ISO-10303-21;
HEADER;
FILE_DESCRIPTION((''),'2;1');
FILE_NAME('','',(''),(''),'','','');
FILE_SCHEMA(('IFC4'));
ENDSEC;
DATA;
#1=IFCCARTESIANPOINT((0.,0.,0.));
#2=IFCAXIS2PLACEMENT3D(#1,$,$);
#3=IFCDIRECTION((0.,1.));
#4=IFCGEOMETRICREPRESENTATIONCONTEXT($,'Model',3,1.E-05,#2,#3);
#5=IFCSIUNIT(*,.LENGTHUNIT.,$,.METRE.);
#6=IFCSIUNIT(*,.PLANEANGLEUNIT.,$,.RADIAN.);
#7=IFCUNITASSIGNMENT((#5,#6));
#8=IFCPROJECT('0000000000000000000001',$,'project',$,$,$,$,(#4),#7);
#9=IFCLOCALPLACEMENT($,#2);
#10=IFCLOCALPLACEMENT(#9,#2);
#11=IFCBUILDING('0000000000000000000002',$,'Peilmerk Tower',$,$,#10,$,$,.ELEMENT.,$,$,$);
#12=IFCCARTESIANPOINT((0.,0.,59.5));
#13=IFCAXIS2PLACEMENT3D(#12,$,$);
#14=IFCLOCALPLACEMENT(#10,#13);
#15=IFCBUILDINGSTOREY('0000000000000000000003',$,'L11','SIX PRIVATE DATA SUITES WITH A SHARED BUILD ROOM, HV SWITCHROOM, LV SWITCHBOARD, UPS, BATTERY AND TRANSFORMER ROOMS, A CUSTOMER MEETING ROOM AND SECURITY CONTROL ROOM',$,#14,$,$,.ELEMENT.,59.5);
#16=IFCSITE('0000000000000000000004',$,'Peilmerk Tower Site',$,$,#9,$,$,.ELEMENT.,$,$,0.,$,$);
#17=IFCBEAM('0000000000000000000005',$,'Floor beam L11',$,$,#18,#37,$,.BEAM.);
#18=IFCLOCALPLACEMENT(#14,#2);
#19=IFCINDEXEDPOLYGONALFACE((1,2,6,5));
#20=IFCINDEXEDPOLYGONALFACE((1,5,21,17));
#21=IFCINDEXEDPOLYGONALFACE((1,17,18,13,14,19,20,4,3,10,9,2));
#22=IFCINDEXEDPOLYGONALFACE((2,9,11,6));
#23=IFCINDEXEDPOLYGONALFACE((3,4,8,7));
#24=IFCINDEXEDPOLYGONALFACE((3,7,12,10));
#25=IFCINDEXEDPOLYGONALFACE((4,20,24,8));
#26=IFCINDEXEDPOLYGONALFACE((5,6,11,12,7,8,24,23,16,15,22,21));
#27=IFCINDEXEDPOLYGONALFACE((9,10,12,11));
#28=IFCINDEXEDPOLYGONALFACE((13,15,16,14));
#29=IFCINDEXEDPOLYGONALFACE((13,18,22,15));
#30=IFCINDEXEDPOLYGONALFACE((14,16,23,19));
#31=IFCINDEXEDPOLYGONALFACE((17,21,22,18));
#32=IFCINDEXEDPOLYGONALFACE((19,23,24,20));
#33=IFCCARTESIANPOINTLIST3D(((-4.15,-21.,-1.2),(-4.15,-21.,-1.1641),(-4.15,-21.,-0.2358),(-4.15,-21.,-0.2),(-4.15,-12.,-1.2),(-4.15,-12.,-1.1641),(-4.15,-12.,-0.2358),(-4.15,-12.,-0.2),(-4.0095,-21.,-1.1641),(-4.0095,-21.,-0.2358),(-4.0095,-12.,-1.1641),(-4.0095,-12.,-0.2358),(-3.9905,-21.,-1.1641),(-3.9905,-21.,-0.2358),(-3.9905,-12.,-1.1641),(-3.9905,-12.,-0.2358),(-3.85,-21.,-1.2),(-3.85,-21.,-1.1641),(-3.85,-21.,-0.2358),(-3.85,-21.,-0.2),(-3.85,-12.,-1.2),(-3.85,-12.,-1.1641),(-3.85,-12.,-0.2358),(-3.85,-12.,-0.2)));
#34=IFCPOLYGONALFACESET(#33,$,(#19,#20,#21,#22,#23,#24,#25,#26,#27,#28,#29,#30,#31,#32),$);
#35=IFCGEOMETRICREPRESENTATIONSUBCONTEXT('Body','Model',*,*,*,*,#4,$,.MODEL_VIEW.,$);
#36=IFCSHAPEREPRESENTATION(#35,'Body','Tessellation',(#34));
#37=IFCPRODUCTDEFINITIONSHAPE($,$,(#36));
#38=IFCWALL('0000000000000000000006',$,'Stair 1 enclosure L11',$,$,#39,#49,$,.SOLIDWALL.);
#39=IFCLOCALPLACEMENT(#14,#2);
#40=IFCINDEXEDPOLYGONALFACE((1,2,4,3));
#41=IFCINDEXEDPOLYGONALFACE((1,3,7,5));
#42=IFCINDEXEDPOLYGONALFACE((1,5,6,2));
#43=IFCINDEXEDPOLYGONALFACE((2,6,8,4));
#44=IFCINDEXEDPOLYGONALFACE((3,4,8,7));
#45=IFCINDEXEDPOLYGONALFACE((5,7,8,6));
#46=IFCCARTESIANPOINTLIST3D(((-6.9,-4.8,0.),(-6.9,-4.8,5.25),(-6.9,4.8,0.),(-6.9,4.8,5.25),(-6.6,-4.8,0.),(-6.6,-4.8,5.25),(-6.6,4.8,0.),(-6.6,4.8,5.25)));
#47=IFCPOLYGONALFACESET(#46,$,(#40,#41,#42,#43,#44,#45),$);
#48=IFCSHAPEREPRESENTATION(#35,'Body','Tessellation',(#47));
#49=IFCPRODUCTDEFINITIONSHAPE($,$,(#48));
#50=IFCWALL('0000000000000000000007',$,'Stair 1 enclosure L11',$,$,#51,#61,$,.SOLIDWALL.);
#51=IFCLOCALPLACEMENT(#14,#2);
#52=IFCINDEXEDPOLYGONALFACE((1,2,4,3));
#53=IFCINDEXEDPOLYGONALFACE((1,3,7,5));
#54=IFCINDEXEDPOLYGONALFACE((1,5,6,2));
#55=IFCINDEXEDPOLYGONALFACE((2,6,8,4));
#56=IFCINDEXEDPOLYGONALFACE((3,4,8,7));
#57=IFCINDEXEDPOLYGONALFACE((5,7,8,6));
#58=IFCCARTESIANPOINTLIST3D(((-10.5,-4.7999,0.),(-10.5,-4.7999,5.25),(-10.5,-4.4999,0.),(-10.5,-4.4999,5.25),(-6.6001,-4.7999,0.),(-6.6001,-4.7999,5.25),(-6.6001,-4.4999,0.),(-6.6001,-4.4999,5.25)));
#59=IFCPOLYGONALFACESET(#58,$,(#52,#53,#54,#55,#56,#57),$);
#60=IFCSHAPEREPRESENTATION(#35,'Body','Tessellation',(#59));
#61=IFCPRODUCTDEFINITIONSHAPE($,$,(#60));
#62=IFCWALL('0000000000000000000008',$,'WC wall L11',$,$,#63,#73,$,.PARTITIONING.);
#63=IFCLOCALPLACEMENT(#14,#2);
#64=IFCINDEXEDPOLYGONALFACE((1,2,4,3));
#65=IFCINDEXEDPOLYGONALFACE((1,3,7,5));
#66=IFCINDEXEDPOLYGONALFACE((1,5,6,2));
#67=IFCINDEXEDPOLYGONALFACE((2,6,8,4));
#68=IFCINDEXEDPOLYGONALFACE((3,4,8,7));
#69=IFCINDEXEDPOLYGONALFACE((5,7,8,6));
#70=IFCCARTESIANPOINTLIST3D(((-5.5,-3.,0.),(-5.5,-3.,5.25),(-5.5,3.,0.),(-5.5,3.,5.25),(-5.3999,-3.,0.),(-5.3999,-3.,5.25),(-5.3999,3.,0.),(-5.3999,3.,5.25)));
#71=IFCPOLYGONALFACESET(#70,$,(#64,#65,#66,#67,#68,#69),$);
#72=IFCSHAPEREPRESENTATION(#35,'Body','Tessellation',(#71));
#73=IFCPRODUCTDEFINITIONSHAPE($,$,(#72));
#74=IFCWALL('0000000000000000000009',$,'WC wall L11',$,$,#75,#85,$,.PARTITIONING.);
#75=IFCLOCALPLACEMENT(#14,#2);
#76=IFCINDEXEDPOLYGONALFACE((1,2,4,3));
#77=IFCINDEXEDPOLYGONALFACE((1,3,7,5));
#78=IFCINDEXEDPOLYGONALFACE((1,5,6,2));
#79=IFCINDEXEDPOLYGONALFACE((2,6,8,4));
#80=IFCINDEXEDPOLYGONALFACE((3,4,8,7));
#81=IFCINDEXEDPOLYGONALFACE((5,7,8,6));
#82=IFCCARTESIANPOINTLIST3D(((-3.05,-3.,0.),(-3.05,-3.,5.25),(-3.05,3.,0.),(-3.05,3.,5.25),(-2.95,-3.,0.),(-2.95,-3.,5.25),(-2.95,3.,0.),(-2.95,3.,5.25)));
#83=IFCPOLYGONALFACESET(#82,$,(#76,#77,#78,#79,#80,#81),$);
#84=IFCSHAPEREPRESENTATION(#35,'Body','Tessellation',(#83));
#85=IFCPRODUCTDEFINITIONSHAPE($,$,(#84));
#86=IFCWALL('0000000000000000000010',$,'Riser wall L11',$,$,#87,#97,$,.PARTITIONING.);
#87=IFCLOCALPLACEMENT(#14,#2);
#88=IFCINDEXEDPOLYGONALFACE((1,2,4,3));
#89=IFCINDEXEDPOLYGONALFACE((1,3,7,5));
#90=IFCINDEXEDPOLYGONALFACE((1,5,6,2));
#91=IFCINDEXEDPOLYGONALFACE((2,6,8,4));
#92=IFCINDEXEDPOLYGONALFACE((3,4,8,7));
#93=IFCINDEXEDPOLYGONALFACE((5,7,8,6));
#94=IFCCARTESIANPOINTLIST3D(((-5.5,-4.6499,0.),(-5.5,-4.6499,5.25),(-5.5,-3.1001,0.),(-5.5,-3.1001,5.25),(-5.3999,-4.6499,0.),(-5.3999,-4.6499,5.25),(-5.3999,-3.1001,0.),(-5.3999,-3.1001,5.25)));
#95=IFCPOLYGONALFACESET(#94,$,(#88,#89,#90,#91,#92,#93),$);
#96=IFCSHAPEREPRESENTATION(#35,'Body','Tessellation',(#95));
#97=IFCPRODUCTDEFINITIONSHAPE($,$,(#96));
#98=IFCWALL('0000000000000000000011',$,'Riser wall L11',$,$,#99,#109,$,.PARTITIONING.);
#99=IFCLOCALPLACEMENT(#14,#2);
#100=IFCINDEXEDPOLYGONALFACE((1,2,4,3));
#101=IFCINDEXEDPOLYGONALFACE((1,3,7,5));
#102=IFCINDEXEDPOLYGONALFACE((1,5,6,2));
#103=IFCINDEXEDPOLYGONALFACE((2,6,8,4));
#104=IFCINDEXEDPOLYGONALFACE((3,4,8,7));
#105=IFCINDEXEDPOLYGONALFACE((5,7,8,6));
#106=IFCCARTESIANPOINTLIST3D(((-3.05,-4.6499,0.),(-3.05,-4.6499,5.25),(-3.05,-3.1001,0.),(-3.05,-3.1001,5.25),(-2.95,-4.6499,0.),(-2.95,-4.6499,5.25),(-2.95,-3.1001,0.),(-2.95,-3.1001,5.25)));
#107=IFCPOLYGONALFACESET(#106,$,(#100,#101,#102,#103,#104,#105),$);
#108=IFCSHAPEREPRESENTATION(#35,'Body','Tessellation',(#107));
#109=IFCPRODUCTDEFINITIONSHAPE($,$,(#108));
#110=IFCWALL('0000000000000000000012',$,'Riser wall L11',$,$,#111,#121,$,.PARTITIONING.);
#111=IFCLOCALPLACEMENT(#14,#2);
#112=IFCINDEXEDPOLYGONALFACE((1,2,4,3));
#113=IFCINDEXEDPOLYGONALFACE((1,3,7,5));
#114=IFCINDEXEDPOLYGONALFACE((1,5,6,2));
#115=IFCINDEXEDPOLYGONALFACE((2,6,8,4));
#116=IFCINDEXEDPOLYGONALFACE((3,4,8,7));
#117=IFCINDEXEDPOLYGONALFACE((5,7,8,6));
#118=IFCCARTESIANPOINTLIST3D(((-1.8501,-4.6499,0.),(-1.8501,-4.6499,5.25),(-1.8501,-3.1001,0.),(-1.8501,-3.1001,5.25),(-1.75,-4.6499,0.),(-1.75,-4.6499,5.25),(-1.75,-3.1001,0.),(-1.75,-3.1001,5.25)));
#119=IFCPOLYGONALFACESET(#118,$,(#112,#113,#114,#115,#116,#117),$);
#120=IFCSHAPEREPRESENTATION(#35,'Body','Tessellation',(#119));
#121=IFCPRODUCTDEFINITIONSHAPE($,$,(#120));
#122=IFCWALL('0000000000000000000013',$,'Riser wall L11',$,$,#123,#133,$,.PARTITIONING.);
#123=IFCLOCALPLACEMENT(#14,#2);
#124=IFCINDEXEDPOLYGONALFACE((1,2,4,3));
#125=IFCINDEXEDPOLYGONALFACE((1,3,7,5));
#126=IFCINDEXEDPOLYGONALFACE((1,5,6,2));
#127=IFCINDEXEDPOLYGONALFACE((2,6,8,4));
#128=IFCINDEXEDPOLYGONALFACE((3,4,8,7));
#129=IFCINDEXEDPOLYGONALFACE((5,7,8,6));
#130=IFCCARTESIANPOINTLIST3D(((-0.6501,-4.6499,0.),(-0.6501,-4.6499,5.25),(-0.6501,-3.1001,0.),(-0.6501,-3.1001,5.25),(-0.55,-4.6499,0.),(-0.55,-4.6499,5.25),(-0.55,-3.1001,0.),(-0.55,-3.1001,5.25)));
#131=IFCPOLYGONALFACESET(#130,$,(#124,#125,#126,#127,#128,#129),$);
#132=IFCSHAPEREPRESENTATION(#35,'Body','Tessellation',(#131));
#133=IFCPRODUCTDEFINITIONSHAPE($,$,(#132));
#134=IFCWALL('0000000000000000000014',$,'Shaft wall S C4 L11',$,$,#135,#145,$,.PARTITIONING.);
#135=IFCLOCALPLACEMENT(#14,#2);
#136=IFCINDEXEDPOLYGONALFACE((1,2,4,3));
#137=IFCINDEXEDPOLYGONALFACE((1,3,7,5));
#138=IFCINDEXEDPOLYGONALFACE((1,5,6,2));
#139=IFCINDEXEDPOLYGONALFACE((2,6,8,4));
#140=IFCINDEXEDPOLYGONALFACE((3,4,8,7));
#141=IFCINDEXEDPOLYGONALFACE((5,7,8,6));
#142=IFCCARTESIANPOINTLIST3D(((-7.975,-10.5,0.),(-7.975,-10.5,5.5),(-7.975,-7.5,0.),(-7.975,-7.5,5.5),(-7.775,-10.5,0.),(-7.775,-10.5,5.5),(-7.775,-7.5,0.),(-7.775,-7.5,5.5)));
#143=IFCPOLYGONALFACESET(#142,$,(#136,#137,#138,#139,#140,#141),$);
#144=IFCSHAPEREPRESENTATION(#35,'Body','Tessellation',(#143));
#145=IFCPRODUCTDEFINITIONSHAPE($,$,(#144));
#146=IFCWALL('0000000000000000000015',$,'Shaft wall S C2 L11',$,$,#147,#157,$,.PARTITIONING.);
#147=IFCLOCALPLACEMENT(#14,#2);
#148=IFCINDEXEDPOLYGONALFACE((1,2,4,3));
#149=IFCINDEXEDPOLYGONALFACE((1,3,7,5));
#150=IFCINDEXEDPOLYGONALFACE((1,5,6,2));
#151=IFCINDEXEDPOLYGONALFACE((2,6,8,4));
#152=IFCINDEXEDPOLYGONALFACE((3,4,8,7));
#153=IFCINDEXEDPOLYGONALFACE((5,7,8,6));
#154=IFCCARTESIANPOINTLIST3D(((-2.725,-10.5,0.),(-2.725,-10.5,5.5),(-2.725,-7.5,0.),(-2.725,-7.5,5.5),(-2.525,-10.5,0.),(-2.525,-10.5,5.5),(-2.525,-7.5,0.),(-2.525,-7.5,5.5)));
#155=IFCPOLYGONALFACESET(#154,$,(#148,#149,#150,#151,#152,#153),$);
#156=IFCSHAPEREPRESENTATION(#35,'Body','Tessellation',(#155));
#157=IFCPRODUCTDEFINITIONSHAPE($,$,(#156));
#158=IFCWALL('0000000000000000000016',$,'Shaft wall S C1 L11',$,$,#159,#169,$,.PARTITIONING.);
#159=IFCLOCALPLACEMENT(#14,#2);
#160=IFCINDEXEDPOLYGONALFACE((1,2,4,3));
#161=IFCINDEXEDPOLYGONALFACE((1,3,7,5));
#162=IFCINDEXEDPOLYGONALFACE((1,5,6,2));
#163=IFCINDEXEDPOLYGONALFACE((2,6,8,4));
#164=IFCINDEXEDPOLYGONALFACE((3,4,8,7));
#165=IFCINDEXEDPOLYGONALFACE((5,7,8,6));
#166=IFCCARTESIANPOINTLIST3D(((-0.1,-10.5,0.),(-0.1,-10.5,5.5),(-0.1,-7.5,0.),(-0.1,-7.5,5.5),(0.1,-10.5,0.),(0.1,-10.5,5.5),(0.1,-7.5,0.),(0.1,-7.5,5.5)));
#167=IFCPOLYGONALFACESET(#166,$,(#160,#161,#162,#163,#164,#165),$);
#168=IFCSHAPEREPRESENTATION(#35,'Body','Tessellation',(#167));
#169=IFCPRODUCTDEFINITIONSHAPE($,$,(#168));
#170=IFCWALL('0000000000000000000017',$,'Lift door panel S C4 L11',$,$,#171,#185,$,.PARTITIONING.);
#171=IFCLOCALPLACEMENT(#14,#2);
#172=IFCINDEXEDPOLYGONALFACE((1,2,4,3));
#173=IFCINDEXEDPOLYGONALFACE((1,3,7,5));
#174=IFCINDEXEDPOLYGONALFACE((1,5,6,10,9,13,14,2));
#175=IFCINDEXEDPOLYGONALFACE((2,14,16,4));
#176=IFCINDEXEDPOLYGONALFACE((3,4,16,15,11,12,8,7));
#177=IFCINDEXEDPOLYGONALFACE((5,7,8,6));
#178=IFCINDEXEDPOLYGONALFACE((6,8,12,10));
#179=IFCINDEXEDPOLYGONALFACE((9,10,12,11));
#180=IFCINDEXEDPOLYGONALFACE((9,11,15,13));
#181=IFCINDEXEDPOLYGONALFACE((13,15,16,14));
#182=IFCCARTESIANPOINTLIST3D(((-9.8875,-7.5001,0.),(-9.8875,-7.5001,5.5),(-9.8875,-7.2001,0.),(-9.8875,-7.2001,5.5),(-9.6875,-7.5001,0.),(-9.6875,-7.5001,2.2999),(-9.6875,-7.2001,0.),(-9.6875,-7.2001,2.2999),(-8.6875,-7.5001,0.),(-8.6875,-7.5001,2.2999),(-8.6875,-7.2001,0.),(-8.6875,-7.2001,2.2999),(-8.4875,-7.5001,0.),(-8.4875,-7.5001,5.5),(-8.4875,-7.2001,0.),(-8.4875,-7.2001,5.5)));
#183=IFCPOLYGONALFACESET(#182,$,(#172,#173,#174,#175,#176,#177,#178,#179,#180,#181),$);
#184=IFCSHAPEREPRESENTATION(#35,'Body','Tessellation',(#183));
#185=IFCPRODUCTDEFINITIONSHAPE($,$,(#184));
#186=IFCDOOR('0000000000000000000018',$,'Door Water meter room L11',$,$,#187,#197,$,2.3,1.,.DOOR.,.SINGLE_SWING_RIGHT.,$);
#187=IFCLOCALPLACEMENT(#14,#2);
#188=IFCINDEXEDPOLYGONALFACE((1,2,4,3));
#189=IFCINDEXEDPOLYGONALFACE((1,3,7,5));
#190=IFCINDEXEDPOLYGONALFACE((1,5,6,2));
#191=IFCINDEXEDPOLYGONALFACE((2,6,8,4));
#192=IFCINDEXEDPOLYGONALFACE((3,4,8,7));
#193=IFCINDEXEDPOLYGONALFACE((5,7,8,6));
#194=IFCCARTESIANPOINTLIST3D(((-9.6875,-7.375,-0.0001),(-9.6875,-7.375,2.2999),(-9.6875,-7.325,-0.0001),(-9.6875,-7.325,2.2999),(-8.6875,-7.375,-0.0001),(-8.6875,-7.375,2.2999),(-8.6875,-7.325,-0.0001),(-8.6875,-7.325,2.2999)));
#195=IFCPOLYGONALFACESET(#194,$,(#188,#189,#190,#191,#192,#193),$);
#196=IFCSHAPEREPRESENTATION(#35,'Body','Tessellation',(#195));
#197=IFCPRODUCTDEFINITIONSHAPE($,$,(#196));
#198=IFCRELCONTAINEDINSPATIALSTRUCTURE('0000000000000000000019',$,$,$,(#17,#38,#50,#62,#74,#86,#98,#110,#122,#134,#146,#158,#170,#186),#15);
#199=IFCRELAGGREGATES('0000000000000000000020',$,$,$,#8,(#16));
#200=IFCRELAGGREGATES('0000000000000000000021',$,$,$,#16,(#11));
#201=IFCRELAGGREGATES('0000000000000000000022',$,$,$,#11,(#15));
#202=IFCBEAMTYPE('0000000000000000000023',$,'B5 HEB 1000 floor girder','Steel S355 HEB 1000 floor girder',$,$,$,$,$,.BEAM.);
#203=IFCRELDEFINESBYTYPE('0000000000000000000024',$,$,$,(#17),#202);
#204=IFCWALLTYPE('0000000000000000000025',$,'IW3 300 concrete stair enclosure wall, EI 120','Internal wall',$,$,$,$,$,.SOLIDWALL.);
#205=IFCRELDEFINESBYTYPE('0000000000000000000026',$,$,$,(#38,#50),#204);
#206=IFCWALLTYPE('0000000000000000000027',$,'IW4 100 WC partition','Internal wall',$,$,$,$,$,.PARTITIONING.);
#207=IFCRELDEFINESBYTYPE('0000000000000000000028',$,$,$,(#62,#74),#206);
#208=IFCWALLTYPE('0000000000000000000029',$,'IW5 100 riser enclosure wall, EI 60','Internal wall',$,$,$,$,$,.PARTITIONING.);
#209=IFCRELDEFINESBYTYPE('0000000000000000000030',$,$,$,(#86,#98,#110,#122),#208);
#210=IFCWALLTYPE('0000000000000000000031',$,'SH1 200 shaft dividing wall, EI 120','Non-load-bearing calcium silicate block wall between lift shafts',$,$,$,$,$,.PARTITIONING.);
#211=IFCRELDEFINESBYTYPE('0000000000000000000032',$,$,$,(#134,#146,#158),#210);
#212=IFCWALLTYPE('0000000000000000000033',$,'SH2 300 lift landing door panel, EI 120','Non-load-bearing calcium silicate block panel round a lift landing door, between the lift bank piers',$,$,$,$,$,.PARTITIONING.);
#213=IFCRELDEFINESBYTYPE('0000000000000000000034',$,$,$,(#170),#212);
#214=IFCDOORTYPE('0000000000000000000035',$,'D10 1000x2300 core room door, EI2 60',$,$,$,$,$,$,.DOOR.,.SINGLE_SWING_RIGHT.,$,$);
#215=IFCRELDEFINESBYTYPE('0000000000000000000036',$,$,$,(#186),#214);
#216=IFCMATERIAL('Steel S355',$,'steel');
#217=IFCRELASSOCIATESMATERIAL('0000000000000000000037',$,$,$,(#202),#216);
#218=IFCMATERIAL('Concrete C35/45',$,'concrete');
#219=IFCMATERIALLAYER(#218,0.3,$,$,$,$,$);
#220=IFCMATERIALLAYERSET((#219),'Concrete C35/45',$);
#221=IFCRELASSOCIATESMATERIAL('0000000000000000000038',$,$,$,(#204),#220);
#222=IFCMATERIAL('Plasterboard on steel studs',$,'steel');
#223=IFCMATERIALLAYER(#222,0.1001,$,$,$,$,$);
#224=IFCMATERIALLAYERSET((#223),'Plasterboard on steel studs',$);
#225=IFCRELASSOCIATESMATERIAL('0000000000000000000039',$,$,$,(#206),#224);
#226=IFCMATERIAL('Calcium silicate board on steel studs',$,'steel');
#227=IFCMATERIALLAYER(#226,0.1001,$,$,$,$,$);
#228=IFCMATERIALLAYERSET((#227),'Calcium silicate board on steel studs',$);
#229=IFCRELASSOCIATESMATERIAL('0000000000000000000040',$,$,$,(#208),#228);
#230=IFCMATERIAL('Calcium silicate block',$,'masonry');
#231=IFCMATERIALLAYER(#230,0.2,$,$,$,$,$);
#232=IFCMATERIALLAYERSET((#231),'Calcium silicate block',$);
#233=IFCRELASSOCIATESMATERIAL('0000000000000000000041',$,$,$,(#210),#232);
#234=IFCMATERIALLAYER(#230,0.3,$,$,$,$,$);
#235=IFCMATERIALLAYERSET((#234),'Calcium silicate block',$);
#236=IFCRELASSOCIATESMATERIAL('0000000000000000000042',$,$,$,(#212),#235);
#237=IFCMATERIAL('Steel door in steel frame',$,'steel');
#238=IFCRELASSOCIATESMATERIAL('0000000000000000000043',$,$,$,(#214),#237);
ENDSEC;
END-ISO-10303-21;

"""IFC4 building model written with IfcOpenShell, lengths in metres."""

from ifc_helpers import new_model, si_unit, direction, frame, frame_2d, origin, origin_2d, place, context, subcontext, project, spatial, rectangle, i_section, extrude, material, layer, layer_set, material_profile, profile_set, type_object, element, fill, save


model = new_model("IFC4")

# Units and contexts
model_context = context("Model", 3, precision=1e-05, world=origin(), true_north=direction((0.0, 1.0)))
body_context = subcontext(model_context, "Body", "Model", "MODEL_VIEW")
ifc_project = project(units=[si_unit("LENGTHUNIT", "METRE"), si_unit("PLANEANGLEUNIT", "RADIAN")], contexts=[model_context])

# Site, building, storey
site_placement = place(None, origin())
site = spatial("IfcSite", under=ifc_project, at=site_placement, Name="Peilmerk Tower Site", CompositionType="ELEMENT", RefElevation=0.0)
building_placement = place(site_placement, origin())
building = spatial("IfcBuilding", under=site, at=building_placement, Name="Peilmerk Tower", CompositionType="ELEMENT")
storey_placement = place(building_placement, frame((0.0, 0.0, 59.5)))
storey = spatial("IfcBuildingStorey", under=building, at=storey_placement, Name="L11", Description="SIX PRIVATE DATA SUITES WITH A SHARED BUILD ROOM, HV SWITCHROOM, LV SWITCHBOARD, UPS, BATTERY AND TRANSFORMER ROOMS, A CUSTOMER MEETING ROOM AND SECURITY CONTROL ROOM", CompositionType="ELEMENT", Elevation=59.5)

# Beam
ifc_material_1 = material(Name="Steel S355", Category="steel")
ifc_material_profile = material_profile(ifc_material_1, i_section(OverallWidth=0.3, OverallDepth=1.0, WebThickness=0.019, FlangeThickness=0.0359, at=origin_2d()), Name="HEB 1000")
ifc_profile_set = profile_set([ifc_material_profile], Name="Steel S355")
beam_type = type_object("IfcBeamType", Name="B5 HEB 1000 floor girder", Description="Steel S355 HEB 1000 floor girder", PredefinedType="BEAM", material=ifc_profile_set)
beam_placement = place(storey_placement, frame((-4.0, -12.0, -0.7), z_axis=(0.0, -1.0, 0.0), x_axis=(1.0, 0.0, 0.0)))
element("IfcBeam", 1, at=beam_placement, inside=storey, type_object=beam_type, Name="Floor beam L11", PredefinedType="BEAM", context=body_context, shape_type="SweptSolid", body=[
    extrude(i_section(OverallWidth=0.3, OverallDepth=1.0, WebThickness=0.019, FlangeThickness=0.0359, at=origin_2d()), origin(), (0.0, 0.0, 1.0), 9.0),
])

# Walls
ifc_material_2 = material(Name="Concrete C35/45", Category="concrete")
ifc_layer_1 = layer(ifc_material_2, 0.3)
ifc_layer_set_1 = layer_set([ifc_layer_1], Name="Concrete C35/45")
wall_type_1 = type_object("IfcWallType", Name="IW3 300 concrete stair enclosure wall, EI 120", Description="Internal wall", PredefinedType="SOLIDWALL", material=ifc_layer_set_1)
wall_1_placement = place(storey_placement, frame((-6.75, -4.8, 0.0), z_axis=(0.0, 0.0, 1.0), x_axis=(0.0, 1.0, 0.0)))
element("IfcWall", 2, at=wall_1_placement, inside=storey, type_object=wall_type_1, Name="Stair 1 enclosure L11", PredefinedType="SOLIDWALL", context=body_context, shape_type="SweptSolid", body=[
    extrude(rectangle(XDim=9.6001, YDim=0.3, at=frame_2d((4.8, 0.0))), origin(), (0.0, 0.0, 1.0), 5.25),
])
wall_2_placement = place(storey_placement, frame((-6.6001, -4.6499, 0.0), z_axis=(0.0, 0.0, 1.0), x_axis=(-1.0, 0.0, 0.0)))
element("IfcWall", 3, at=wall_2_placement, inside=storey, type_object=wall_type_1, Name="Stair 1 enclosure L11", PredefinedType="SOLIDWALL", context=body_context, shape_type="SweptSolid", body=[
    extrude(rectangle(XDim=3.8999, YDim=0.3, at=frame_2d((1.95, 0.0))), origin(), (0.0, 0.0, 1.0), 5.25),
])
ifc_material_3 = material(Name="Plasterboard on steel studs", Category="steel")
ifc_layer_2 = layer(ifc_material_3, 0.1001)
ifc_layer_set_2 = layer_set([ifc_layer_2], Name="Plasterboard on steel studs")
wall_type_2 = type_object("IfcWallType", Name="IW4 100 WC partition", Description="Internal wall", PredefinedType="PARTITIONING", material=ifc_layer_set_2)
for number, where, z_axis, x_axis, name in (
    (4, (-5.45, -3.0, 0.0), (0.0, 0.0, 1.0), (0.0, 1.0, 0.0), "WC wall L11"),
    (5, (-3.0, -3.0, 0.0), (0.0, 0.0, 1.0), (0.0, 1.0, 0.0), "WC wall L11"),
):
    element("IfcWall", number, at=place(storey_placement, frame(where, z_axis=z_axis, x_axis=x_axis)), inside=storey, type_object=wall_type_2, Name=name, PredefinedType="PARTITIONING", context=body_context, shape_type="SweptSolid", body=[
        extrude(rectangle(XDim=6.0, YDim=0.1001, at=frame_2d((3.0, 0.0))), origin(), (0.0, 0.0, 1.0), 5.25),
    ])
ifc_material_4 = material(Name="Calcium silicate board on steel studs", Category="steel")
ifc_layer_3 = layer(ifc_material_4, 0.1001)
ifc_layer_set_3 = layer_set([ifc_layer_3], Name="Calcium silicate board on steel studs")
wall_type_3 = type_object("IfcWallType", Name="IW5 100 riser enclosure wall, EI 60", Description="Internal wall", PredefinedType="PARTITIONING", material=ifc_layer_set_3)
for number, where, z_axis, x_axis, name in (
    (6, (-5.45, -3.1001, 0.0), (0.0, 0.0, 1.0), (0.0, -1.0, 0.0), "Riser wall L11"),
    (7, (-3.0, -3.1001, 0.0), (0.0, 0.0, 1.0), (0.0, -1.0, 0.0), "Riser wall L11"),
    (8, (-1.8, -3.1001, 0.0), (0.0, 0.0, 1.0), (0.0, -1.0, 0.0), "Riser wall L11"),
    (9, (-0.6001, -3.1001, 0.0), (0.0, 0.0, 1.0), (0.0, -1.0, 0.0), "Riser wall L11"),
):
    element("IfcWall", number, at=place(storey_placement, frame(where, z_axis=z_axis, x_axis=x_axis)), inside=storey, type_object=wall_type_3, Name=name, PredefinedType="PARTITIONING", context=body_context, shape_type="SweptSolid", body=[
        extrude(rectangle(XDim=1.5498, YDim=0.1001, at=frame_2d((0.7749, 0.0))), origin(), (0.0, 0.0, 1.0), 5.25),
    ])
ifc_material_5 = material(Name="Calcium silicate block", Category="masonry")
ifc_layer_4 = layer(ifc_material_5, 0.2)
ifc_layer_set_4 = layer_set([ifc_layer_4], Name="Calcium silicate block")
wall_type_4 = type_object("IfcWallType", Name="SH1 200 shaft dividing wall, EI 120", Description="Non-load-bearing calcium silicate block wall between lift shafts", PredefinedType="PARTITIONING", material=ifc_layer_set_4)
for number, where, z_axis, x_axis, name in (
    (10, (-7.875, -10.5, 0.0), (0.0, 0.0, 1.0), (0.0, 1.0, 0.0), "Shaft wall S C4 L11"),
    (11, (-2.625, -10.5, 0.0), (0.0, 0.0, 1.0), (0.0, 1.0, 0.0), "Shaft wall S C2 L11"),
    (12, (0.0, -10.5, 0.0), (0.0, 0.0, 1.0), (0.0, 1.0, 0.0), "Shaft wall S C1 L11"),
):
    element("IfcWall", number, at=place(storey_placement, frame(where, z_axis=z_axis, x_axis=x_axis)), inside=storey, type_object=wall_type_4, Name=name, PredefinedType="PARTITIONING", context=body_context, shape_type="SweptSolid", body=[
        extrude(rectangle(XDim=3.0, YDim=0.2, at=frame_2d((1.5, 0.0))), origin(), (0.0, 0.0, 1.0), 5.5),
    ])

# Wall, opening, door
ifc_layer_5 = layer(ifc_material_5, 0.3)
ifc_layer_set_5 = layer_set([ifc_layer_5], Name="Calcium silicate block")
wall_type_5 = type_object("IfcWallType", Name="SH2 300 lift landing door panel, EI 120", Description="Non-load-bearing calcium silicate block panel round a lift landing door, between the lift bank piers", PredefinedType="PARTITIONING", material=ifc_layer_set_5)
wall_3_placement = place(storey_placement, frame((-9.8875, -7.3501, 0.0), z_axis=(0.0, 0.0, 1.0), x_axis=(1.0, 0.0, 0.0)))
wall_3 = element("IfcWall", 13, at=wall_3_placement, inside=storey, type_object=wall_type_5, Name="Lift door panel S C4 L11", PredefinedType="PARTITIONING", context=body_context, shape_type="SweptSolid", body=[
    extrude(rectangle(XDim=1.3999, YDim=0.3, at=frame_2d((0.7, 0.0))), origin(), (0.0, 0.0, 1.0), 5.5),
])
opening_1_placement = place(wall_3_placement, frame((0.2, 0.0, 0.0)))
opening_1 = element("IfcOpeningElement", 14, at=opening_1_placement, cuts=wall_3, PredefinedType="OPENING", context=body_context, shape_type="SweptSolid", body=[
    extrude(rectangle(XDim=1.0, YDim=2.3, at=frame_2d((0.5, 1.1499))), frame((0.0, 0.1599, 0.0), z_axis=(0.0, -1.0, 0.0), x_axis=(1.0, 0.0, 0.0)), (0.0, 0.0, 1.0), 0.3201),
])
ifc_material_6 = material(Name="Steel door in steel frame", Category="steel")
door_type = type_object("IfcDoorType", Name="D10 1000x2300 core room door, EI2 60", OperationType="SINGLE_SWING_RIGHT", PredefinedType="DOOR", material=ifc_material_6)
door_1_placement = place(opening_1_placement, frame((1.0, 0.0, 0.0), z_axis=(0.0, 0.0, 1.0), x_axis=(-1.0, 0.0, 0.0)))
door_1 = element("IfcDoor", 15, at=door_1_placement, inside=storey, type_object=door_type, Name="Door Water meter room L11", OperationType="SINGLE_SWING_RIGHT", OverallHeight=2.3, OverallWidth=1.0, PredefinedType="DOOR", context=body_context, shape_type="SweptSolid", body=[
    extrude(rectangle(XDim=1.0, YDim=2.3, at=frame_2d((0.5, 1.1499))), frame((0.0, 0.0249, 0.0), z_axis=(0.0, -1.0, 0.0), x_axis=(1.0, 0.0, 0.0)), (0.0, 0.0, 1.0), 0.05),
])
fill(opening_1, door_1)

save(model, "model.ifc")
